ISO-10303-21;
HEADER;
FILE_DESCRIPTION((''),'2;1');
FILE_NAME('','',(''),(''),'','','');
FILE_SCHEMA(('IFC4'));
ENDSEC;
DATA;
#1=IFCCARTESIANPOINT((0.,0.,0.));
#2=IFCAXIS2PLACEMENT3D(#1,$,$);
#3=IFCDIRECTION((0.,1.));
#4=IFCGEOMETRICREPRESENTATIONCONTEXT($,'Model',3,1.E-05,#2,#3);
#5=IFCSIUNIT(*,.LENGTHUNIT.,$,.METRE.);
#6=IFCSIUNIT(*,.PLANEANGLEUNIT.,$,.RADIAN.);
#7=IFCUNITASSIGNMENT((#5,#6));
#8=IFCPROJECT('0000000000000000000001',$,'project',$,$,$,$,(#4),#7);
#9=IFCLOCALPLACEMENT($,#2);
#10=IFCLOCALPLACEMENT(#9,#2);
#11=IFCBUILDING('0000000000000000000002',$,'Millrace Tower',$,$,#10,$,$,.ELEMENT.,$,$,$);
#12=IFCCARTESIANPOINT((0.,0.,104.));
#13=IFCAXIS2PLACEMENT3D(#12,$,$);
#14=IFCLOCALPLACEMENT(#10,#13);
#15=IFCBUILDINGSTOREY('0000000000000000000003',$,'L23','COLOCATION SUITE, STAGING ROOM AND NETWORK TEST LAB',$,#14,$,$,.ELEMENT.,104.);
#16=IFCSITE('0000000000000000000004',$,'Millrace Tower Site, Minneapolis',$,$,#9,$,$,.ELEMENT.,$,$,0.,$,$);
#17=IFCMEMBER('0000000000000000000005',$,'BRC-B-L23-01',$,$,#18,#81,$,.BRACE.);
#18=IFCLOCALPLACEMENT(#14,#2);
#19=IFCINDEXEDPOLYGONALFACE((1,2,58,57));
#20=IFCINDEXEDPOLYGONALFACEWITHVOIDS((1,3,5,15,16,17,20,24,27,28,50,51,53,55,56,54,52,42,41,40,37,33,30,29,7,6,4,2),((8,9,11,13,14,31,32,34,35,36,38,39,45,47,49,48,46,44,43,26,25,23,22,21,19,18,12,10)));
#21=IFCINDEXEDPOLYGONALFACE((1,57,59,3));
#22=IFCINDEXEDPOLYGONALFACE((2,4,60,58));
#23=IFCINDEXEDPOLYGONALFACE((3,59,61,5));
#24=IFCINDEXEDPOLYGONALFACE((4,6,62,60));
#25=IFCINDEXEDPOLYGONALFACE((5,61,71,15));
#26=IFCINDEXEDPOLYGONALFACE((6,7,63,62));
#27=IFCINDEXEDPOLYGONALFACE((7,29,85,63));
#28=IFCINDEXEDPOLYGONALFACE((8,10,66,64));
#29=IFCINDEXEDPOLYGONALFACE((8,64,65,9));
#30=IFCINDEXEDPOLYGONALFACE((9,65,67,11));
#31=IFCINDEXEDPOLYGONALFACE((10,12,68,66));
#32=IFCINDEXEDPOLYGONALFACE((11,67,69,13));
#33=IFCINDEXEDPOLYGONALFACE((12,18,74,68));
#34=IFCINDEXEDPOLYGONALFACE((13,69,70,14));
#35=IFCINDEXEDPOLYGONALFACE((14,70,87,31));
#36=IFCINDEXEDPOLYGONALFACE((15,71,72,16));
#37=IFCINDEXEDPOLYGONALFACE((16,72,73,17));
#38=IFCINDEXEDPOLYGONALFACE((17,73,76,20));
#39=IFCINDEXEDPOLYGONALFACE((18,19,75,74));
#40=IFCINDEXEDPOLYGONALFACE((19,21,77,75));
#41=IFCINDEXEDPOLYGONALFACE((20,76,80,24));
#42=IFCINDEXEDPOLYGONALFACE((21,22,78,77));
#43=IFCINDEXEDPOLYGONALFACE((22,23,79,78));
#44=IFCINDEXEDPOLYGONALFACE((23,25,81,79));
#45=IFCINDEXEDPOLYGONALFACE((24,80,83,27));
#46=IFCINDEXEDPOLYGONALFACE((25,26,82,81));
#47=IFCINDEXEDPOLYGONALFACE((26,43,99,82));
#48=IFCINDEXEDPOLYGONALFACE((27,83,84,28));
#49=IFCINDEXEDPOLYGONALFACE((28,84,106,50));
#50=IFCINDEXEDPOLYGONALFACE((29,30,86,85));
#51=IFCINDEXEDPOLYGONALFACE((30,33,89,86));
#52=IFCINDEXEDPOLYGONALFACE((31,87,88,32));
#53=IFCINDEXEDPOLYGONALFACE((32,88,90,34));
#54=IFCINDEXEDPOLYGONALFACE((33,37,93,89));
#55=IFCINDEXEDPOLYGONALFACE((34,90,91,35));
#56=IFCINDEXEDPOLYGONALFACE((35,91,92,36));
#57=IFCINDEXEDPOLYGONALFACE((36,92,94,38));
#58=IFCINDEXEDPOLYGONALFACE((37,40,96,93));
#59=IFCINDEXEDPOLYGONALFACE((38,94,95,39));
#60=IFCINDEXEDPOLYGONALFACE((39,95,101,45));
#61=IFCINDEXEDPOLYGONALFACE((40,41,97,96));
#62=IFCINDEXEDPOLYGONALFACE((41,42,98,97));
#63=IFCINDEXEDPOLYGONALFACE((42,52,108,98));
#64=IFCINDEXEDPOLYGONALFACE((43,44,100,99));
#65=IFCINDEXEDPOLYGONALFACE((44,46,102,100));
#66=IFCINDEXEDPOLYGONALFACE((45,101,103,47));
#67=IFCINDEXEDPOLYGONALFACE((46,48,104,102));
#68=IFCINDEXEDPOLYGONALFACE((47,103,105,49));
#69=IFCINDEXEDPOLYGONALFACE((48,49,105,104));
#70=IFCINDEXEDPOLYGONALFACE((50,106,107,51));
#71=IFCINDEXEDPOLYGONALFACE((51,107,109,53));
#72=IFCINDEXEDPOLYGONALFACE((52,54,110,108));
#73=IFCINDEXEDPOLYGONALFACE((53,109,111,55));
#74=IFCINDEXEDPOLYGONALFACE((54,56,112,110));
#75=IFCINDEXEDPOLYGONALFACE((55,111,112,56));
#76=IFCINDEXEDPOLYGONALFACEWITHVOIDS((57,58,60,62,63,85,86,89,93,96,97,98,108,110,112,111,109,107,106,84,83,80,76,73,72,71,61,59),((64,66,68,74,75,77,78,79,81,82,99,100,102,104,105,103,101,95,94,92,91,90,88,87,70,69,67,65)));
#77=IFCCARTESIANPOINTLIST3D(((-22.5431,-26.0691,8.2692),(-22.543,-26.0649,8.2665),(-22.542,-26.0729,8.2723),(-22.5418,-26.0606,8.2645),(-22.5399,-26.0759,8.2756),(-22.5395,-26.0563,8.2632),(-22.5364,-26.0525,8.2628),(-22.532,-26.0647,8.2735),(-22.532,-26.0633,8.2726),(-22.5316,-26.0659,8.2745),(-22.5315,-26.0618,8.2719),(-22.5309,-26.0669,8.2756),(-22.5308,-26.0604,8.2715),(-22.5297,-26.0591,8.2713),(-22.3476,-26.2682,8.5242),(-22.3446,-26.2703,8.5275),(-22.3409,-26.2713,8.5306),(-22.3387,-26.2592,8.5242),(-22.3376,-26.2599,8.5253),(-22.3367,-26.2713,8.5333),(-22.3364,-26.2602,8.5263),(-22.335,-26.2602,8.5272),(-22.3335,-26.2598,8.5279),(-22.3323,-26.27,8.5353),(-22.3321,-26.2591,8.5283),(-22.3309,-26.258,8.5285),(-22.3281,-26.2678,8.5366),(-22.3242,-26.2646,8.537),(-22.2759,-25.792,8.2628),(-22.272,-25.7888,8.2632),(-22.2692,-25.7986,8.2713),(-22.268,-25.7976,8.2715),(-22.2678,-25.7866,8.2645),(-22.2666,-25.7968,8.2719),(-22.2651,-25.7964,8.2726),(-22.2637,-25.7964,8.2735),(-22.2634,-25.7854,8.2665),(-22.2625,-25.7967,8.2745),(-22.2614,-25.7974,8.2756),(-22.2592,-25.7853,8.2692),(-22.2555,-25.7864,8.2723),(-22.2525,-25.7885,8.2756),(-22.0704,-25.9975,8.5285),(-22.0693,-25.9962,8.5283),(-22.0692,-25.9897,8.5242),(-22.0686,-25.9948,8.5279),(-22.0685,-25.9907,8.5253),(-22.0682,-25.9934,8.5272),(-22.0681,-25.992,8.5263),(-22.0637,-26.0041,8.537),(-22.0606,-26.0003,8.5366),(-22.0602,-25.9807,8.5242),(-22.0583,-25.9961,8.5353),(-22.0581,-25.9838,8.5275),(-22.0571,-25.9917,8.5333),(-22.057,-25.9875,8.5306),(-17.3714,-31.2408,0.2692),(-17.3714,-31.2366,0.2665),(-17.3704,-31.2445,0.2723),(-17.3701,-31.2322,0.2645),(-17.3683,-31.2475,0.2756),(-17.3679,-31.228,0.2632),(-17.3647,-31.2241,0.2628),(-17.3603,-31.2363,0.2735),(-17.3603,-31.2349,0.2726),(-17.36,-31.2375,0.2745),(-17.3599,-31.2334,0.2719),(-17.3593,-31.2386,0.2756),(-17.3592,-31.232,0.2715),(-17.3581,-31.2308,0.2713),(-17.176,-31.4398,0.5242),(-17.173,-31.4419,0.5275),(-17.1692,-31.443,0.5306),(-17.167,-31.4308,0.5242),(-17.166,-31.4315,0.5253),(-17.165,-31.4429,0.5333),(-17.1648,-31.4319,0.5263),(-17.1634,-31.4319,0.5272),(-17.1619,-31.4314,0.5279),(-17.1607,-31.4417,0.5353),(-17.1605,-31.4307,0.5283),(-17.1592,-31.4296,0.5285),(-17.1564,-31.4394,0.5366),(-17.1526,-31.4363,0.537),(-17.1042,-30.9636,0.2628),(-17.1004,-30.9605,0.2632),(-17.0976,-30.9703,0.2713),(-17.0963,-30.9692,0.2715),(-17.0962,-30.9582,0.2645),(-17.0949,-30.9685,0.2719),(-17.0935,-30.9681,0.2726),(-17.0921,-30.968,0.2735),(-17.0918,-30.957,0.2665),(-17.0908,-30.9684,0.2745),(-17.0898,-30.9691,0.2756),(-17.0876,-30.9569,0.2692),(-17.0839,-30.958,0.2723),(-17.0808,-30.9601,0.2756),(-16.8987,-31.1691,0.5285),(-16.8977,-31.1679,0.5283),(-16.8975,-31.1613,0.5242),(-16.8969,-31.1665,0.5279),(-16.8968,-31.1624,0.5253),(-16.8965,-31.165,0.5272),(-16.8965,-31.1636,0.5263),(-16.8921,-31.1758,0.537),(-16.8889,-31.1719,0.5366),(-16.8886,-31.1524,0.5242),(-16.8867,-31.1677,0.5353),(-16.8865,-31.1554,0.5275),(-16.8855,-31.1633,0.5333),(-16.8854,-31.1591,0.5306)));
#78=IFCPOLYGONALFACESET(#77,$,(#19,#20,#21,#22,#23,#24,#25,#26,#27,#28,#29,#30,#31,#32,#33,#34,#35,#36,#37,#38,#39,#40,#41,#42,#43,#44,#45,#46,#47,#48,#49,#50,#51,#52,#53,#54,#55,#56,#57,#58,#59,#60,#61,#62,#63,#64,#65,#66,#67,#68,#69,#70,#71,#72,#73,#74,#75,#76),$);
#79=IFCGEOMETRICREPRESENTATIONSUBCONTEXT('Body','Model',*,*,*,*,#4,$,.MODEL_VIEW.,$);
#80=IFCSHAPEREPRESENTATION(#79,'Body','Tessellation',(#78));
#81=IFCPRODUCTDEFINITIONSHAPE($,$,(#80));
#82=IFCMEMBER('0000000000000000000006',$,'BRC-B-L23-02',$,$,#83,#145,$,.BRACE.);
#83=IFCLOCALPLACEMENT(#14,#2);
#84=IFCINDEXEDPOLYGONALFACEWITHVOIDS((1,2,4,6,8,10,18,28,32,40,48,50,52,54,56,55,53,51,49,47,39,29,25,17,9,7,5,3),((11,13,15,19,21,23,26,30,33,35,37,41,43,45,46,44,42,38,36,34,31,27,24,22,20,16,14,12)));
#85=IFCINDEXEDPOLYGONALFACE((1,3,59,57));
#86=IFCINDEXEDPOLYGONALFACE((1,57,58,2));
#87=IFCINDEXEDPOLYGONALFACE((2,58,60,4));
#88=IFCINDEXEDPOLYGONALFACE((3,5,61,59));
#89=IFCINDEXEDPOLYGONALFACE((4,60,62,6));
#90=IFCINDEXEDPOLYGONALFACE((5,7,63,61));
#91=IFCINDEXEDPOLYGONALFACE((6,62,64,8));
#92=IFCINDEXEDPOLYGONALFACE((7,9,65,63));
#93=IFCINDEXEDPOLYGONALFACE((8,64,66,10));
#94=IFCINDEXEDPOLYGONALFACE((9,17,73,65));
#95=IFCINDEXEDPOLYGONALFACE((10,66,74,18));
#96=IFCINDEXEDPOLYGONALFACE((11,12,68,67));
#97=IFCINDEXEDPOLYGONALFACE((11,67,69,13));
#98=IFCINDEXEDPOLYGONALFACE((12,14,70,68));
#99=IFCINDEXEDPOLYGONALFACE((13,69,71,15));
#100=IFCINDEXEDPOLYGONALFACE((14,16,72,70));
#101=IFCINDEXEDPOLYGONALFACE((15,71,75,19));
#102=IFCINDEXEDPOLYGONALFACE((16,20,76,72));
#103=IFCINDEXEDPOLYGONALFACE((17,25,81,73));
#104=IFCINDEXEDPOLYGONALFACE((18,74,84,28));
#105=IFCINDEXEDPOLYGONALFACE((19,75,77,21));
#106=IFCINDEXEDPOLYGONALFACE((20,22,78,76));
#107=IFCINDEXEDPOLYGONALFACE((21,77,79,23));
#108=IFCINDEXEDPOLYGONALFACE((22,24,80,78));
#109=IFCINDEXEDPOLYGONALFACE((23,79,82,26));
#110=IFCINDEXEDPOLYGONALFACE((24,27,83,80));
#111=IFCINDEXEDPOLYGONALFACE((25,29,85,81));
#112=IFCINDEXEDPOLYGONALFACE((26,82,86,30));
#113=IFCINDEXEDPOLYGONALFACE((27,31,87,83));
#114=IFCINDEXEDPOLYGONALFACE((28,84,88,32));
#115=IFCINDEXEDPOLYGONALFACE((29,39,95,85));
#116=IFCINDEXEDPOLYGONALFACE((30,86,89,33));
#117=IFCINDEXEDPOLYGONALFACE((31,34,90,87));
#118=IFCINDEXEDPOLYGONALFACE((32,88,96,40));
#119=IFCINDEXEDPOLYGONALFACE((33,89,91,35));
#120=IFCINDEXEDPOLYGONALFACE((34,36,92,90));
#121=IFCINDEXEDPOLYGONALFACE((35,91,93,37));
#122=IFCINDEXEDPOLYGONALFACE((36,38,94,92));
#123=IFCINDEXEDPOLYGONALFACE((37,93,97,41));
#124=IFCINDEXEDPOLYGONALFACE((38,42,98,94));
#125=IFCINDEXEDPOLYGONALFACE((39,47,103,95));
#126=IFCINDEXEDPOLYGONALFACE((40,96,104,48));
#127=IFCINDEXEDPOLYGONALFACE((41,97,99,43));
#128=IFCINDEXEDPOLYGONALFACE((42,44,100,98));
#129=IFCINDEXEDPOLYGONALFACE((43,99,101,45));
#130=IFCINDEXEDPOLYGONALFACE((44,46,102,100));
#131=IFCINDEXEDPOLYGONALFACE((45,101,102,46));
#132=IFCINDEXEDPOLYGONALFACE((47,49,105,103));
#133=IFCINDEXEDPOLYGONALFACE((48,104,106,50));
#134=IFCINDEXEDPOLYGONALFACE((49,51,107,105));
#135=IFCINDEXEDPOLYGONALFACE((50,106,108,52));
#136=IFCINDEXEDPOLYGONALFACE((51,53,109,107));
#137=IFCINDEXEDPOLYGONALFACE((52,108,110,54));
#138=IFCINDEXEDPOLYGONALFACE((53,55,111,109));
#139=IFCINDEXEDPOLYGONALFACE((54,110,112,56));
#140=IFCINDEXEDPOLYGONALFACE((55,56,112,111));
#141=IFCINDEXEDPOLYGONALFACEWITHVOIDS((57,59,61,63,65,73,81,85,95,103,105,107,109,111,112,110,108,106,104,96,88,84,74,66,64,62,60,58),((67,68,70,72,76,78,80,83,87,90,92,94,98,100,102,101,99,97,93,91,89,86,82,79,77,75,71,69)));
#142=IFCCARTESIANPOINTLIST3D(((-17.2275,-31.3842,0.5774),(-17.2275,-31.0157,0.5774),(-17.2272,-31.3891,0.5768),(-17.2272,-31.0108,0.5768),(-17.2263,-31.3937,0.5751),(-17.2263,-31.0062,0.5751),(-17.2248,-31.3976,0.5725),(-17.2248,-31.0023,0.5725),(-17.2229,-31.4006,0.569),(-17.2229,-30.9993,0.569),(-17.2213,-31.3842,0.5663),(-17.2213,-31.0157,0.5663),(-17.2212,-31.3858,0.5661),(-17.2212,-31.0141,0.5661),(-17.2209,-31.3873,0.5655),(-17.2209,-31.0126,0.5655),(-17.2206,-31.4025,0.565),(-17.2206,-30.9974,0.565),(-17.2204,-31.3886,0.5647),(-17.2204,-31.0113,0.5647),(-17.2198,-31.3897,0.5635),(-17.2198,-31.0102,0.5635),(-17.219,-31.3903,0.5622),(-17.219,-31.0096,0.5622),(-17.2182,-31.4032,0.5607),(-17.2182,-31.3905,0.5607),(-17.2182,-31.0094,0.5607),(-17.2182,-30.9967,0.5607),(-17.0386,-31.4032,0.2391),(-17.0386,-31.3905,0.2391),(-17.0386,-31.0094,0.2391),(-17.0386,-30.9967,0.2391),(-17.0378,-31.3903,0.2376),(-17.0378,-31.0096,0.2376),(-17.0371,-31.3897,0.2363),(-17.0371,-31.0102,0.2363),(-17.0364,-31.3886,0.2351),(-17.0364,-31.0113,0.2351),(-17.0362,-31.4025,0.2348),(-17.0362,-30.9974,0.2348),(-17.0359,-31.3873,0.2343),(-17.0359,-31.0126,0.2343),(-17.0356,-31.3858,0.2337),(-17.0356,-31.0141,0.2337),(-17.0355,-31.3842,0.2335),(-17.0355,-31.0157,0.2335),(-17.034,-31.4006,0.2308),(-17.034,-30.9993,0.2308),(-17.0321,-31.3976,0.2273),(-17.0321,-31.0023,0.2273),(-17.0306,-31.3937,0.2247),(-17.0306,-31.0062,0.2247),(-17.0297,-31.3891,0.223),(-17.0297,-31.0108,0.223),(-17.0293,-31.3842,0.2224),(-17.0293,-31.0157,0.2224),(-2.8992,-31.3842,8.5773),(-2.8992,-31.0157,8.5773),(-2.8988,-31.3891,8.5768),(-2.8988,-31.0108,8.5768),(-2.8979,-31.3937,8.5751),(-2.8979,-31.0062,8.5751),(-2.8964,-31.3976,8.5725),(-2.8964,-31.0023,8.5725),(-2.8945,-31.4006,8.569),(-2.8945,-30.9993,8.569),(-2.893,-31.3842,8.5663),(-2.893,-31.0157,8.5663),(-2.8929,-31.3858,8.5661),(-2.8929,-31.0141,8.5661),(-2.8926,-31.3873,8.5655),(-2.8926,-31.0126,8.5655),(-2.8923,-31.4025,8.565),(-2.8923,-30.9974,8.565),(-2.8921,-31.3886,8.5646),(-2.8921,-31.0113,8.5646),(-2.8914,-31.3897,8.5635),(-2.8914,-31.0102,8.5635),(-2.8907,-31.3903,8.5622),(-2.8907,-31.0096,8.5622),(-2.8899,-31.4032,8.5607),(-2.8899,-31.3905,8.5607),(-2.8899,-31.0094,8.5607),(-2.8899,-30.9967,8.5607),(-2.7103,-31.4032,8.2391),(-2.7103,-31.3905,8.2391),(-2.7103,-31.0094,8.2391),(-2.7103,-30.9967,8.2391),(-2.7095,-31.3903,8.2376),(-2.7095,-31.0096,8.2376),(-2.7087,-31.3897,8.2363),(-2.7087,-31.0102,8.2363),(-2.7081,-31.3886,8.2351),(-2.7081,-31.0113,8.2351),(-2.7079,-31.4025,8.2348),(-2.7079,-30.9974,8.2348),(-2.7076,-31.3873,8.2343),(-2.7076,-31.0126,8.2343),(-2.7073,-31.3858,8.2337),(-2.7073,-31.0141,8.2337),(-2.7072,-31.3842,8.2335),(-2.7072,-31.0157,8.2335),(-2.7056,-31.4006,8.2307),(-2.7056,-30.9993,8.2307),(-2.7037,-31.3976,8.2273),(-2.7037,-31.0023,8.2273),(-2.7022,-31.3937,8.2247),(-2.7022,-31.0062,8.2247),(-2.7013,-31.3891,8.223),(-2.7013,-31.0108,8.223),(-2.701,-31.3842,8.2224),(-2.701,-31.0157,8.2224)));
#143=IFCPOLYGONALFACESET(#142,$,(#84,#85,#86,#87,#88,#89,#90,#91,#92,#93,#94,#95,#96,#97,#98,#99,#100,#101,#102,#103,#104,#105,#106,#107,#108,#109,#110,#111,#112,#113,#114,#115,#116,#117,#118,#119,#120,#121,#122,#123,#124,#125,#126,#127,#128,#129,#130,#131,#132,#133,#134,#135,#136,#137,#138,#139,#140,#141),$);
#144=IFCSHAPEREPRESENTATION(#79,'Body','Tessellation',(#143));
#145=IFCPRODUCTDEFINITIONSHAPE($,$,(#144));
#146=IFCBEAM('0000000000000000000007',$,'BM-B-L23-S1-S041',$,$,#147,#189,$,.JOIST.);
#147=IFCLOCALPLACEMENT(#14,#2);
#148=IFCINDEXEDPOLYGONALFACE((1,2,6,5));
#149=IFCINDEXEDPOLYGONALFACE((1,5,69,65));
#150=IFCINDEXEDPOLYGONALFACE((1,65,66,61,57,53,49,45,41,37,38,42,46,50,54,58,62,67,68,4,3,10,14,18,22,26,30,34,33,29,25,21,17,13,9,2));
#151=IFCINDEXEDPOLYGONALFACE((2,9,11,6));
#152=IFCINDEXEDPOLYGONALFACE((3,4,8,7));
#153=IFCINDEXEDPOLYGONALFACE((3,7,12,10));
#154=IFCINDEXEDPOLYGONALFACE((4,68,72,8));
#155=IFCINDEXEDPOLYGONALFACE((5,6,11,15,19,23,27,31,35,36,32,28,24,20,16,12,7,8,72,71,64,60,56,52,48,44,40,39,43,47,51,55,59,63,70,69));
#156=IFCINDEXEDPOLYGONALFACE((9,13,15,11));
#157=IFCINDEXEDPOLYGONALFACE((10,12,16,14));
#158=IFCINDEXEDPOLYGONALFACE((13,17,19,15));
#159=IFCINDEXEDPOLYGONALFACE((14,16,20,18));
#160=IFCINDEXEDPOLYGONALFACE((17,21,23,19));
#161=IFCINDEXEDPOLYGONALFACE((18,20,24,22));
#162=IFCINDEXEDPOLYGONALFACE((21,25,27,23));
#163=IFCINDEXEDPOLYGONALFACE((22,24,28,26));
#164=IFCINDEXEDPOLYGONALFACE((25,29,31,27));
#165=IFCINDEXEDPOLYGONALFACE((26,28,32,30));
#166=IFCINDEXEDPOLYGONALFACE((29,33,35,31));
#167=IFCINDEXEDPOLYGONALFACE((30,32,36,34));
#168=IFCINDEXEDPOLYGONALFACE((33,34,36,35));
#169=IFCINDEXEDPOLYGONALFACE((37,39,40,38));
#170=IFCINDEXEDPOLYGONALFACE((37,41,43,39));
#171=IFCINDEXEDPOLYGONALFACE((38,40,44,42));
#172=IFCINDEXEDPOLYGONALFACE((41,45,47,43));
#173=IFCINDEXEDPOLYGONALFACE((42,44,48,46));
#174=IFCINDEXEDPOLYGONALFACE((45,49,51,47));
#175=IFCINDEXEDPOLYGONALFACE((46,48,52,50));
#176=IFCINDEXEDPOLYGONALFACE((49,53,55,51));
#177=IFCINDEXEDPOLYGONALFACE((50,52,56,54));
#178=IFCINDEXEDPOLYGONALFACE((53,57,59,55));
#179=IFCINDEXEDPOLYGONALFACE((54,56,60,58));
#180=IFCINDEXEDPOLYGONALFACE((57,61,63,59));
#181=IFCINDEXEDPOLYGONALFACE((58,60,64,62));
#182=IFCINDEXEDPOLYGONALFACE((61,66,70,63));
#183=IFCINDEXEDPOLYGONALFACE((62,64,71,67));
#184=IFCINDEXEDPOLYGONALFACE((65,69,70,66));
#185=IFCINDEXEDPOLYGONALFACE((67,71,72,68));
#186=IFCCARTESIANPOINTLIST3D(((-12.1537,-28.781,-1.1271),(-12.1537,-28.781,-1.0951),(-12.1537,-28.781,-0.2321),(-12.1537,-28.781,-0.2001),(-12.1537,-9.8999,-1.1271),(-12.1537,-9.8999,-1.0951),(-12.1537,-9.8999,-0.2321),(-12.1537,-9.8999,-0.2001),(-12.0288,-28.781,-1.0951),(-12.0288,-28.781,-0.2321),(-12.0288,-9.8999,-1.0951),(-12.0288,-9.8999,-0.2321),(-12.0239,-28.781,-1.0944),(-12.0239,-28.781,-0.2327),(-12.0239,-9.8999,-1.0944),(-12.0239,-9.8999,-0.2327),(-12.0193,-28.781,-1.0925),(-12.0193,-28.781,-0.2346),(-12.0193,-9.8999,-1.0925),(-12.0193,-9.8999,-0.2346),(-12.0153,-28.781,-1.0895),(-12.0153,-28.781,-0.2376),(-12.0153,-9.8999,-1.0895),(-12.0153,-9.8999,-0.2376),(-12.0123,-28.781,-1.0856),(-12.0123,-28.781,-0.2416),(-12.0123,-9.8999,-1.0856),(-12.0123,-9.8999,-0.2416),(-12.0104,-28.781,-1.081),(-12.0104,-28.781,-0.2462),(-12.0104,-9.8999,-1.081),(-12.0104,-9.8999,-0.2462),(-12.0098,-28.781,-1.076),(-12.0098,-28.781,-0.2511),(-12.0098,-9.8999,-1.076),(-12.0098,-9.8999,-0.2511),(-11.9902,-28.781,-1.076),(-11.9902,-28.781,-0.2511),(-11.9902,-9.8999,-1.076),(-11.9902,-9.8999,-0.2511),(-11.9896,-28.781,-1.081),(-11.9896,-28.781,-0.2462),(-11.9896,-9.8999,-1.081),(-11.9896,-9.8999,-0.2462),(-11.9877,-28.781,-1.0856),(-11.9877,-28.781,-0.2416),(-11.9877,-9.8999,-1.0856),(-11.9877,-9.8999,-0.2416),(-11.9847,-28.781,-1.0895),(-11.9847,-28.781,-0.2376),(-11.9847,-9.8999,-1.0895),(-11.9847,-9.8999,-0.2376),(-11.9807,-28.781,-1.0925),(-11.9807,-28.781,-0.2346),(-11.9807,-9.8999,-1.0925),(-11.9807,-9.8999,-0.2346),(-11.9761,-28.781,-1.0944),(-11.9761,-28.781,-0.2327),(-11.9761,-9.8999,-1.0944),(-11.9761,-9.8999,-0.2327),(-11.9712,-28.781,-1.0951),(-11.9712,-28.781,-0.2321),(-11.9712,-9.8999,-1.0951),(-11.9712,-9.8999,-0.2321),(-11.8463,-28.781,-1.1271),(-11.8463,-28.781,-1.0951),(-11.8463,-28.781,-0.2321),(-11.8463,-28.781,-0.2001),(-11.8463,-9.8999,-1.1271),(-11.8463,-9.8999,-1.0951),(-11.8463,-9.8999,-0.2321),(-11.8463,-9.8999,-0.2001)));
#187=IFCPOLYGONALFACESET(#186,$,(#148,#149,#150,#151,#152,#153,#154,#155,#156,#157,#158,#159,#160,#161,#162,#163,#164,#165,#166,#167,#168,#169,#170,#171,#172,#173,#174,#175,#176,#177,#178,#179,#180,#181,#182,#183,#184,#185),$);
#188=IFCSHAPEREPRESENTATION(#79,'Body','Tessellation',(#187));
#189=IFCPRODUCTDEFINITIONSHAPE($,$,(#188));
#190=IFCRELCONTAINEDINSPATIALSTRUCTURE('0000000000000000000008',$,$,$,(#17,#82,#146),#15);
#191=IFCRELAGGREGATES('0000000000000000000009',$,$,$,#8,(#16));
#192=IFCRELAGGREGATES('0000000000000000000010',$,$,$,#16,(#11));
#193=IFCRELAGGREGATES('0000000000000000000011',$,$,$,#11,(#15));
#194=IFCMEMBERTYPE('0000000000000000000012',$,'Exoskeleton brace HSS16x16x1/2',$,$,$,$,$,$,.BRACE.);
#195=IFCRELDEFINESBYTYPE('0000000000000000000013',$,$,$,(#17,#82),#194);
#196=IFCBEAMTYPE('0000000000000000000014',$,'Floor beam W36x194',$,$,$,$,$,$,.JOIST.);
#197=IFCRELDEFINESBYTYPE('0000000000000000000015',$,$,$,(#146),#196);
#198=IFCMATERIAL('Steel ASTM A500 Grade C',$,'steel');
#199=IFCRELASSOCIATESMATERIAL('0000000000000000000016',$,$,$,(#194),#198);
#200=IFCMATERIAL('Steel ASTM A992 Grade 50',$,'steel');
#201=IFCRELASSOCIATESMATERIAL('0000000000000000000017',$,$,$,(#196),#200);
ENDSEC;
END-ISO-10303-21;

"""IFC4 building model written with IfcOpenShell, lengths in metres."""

from ifc_helpers import new_model, si_unit, direction, frame, origin, origin_2d, place, context, subcontext, project, spatial, hollow_rectangle, i_section, extrude, material, material_profile, profile_set, type_object, element, save


model = new_model("IFC4")

# Units and contexts
model_context = context("Model", 3, precision=1e-05, world=origin(), true_north=direction((0.0, 1.0)))
body_context = subcontext(model_context, "Body", "Model", "MODEL_VIEW")
ifc_project = project(units=[si_unit("LENGTHUNIT", "METRE"), si_unit("PLANEANGLEUNIT", "RADIAN")], contexts=[model_context])

# Site, building, storey
site_placement = place(None, origin())
site = spatial("IfcSite", under=ifc_project, at=site_placement, Name="Millrace Tower Site, Minneapolis", CompositionType="ELEMENT", RefElevation=0.0)
building_placement = place(site_placement, origin())
building = spatial("IfcBuilding", under=site, at=building_placement, Name="Millrace Tower", CompositionType="ELEMENT")
storey_placement = place(building_placement, frame((0.0, 0.0, 104.0)))
storey = spatial("IfcBuildingStorey", under=building, at=storey_placement, Name="L23", Description="COLOCATION SUITE, STAGING ROOM AND NETWORK TEST LAB", CompositionType="ELEMENT", Elevation=104.0)

# Members
ifc_material_1 = material(Name="Steel ASTM A500 Grade C", Category="steel")
ifc_material_profile_1 = material_profile(ifc_material_1, hollow_rectangle(XDim=0.4065, YDim=0.4065, WallThickness=0.0127, InnerFilletRadius=0.0063, OuterFilletRadius=0.019, at=origin_2d()))
ifc_profile_set_1 = profile_set([ifc_material_profile_1], Name="Steel ASTM A500 Grade C")
member_type_1 = type_object("IfcMemberType", Name="Exoskeleton brace HSS16x16x1/2", PredefinedType="BRACE", material=ifc_profile_set_1)
member_1_placement = place(storey_placement, frame((-17.1284, -31.2, 0.3999), z_axis=(-0.477116, 0.477116, 0.738052), x_axis=(-0.707107, -0.707107, 0.0)))
element("IfcMember", 1, at=member_1_placement, inside=storey, type_object=member_type_1, Name="BRC-B-L23-01", PredefinedType="BRACE", context=body_context, shape_type="SweptSolid", body=[
    extrude(hollow_rectangle(XDim=0.4065, YDim=0.4065, WallThickness=0.0127, InnerFilletRadius=0.0063, OuterFilletRadius=0.019, at=origin_2d()), origin(), (0.0, 0.0, 1.0), 10.8394),
])
member_2_placement = place(storey_placement, frame((-17.1284, -31.2, 0.3999), z_axis=(0.873126, 0.0, 0.487495), x_axis=(0.0, 1.0, 0.0)))
element("IfcMember", 2, at=member_2_placement, inside=storey, type_object=member_type_1, Name="BRC-B-L23-02", PredefinedType="BRACE", context=body_context, shape_type="SweptSolid", body=[
    extrude(hollow_rectangle(XDim=0.4065, YDim=0.4065, WallThickness=0.0127, InnerFilletRadius=0.0063, OuterFilletRadius=0.019, at=origin_2d()), origin(), (0.0, 0.0, 1.0), 16.4104),
])

# Beam
ifc_material_2 = material(Name="Steel ASTM A992 Grade 50", Category="steel")
ifc_material_profile_2 = material_profile(ifc_material_2, i_section(OverallWidth=0.3074, OverallDepth=0.927, WebThickness=0.0195, FlangeThickness=0.032, FilletRadius=0.019, at=origin_2d()))
ifc_profile_set_2 = profile_set([ifc_material_profile_2], Name="Steel ASTM A992 Grade 50")
beam_type_1 = type_object("IfcBeamType", Name="Floor beam W36x194", PredefinedType="JOIST", material=ifc_profile_set_2)
for number, where, z_axis, x_axis, name in (
    (3, (-12.0, -28.781, -0.6636), (0.0, 1.0, 0.0), (-1.0, 0.0, 0.0), "BM-B-L23-S1-S041"),
):
    element("IfcBeam", number, at=place(storey_placement, frame(where, z_axis=z_axis, x_axis=x_axis)), inside=storey, type_object=beam_type_1, Name=name, PredefinedType="JOIST", context=body_context, shape_type="SweptSolid", body=[
        extrude(i_section(OverallWidth=0.3074, OverallDepth=0.927, WebThickness=0.0195, FlangeThickness=0.032, FilletRadius=0.019, at=origin_2d()), origin(), (0.0, 0.0, 1.0), 18.8811),
    ])

save(model, "model.ifc")
